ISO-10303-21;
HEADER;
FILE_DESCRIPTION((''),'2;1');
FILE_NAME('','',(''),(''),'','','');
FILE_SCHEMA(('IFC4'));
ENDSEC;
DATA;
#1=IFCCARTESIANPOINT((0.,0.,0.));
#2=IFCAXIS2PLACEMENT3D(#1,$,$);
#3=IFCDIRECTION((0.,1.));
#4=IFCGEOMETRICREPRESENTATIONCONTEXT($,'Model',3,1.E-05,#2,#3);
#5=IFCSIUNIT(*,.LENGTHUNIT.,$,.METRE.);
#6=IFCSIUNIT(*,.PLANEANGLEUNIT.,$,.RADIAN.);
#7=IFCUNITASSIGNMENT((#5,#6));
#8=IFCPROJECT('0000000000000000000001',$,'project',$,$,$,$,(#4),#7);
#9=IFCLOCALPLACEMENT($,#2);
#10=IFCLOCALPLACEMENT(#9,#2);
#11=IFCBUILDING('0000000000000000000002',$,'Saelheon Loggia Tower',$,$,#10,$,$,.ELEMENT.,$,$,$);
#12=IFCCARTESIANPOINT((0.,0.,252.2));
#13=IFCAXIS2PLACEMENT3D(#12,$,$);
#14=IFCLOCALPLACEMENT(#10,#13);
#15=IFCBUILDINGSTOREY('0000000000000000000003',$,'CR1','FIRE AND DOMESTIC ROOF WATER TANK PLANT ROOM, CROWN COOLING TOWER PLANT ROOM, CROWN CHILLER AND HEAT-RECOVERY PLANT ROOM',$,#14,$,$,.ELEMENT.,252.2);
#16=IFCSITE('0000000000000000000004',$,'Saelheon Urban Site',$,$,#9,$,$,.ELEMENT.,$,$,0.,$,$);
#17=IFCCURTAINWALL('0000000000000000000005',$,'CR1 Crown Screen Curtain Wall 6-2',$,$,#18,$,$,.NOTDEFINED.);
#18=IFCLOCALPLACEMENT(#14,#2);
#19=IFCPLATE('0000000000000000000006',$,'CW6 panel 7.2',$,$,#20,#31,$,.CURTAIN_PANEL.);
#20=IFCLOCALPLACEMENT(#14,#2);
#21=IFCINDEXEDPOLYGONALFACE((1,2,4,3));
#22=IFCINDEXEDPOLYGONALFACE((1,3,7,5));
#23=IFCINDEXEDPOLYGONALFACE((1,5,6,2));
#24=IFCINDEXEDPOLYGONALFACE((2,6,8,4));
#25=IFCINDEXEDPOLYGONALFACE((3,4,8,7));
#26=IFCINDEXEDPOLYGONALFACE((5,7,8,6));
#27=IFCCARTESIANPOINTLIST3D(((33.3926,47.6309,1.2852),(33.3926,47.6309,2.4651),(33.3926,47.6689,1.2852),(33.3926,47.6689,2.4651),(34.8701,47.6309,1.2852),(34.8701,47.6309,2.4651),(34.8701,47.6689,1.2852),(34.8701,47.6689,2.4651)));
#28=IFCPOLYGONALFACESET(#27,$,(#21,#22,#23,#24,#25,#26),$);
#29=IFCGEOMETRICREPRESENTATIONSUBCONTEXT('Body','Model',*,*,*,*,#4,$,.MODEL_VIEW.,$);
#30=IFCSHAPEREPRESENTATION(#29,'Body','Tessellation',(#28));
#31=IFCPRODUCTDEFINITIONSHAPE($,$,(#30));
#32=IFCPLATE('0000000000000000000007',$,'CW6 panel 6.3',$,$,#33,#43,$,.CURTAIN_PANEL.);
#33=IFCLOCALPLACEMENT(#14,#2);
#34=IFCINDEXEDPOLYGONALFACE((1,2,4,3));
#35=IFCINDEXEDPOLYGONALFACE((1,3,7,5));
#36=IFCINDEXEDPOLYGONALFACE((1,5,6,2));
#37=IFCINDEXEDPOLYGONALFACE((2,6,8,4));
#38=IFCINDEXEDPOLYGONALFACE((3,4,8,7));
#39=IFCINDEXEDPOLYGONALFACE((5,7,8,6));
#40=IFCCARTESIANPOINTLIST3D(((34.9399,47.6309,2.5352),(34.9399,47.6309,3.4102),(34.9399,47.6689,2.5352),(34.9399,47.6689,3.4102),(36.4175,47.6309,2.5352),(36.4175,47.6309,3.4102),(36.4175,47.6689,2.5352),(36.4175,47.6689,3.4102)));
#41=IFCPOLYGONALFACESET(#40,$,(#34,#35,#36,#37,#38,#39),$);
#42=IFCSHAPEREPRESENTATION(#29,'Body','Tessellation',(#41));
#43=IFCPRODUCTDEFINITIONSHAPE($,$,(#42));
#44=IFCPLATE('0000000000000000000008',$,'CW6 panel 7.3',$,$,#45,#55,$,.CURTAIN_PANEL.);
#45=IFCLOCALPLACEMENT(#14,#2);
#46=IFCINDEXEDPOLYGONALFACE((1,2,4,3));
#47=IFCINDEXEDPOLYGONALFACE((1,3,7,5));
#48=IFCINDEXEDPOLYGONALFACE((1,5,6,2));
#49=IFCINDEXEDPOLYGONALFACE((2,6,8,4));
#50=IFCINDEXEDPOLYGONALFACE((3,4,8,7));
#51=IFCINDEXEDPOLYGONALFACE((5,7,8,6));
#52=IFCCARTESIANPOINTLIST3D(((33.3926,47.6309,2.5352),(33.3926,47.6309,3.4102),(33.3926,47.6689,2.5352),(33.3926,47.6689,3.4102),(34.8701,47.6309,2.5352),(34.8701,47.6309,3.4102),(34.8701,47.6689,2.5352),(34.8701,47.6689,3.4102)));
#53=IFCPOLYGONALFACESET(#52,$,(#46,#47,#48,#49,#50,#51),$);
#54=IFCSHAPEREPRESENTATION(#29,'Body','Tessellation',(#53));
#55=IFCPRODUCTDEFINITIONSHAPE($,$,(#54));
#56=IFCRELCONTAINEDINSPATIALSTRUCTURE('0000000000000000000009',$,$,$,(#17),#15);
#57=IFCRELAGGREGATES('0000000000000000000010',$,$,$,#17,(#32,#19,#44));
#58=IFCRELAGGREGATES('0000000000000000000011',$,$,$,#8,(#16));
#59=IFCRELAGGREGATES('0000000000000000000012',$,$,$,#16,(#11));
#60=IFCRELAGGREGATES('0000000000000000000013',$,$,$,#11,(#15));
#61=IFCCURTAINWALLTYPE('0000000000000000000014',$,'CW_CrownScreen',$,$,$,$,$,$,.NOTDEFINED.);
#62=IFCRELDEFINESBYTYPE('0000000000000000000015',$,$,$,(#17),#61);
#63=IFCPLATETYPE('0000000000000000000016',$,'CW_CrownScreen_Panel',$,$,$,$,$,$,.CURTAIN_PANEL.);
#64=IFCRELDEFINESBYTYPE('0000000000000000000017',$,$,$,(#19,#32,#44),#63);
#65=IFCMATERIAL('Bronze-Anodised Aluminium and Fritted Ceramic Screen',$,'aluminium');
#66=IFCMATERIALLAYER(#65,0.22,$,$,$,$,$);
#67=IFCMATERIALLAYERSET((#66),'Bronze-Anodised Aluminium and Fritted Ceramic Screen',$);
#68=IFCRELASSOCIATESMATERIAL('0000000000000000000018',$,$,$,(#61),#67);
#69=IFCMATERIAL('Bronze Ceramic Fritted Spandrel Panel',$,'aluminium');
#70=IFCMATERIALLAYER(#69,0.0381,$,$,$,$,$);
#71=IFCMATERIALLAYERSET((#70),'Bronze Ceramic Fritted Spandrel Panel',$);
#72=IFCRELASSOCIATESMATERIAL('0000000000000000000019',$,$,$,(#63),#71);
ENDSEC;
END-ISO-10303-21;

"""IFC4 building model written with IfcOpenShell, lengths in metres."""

from ifc_helpers import new_model, si_unit, direction, frame, origin, origin_2d, place, context, subcontext, project, spatial, rectangle, extrude, source, transform, mapped, material, layer, layer_set, type_object, element, aggregate, save


model = new_model("IFC4")

# Units and contexts
model_context = context("Model", 3, precision=1e-05, world=origin(), true_north=direction((0.0, 1.0)))
body_context = subcontext(model_context, "Body", "Model", "MODEL_VIEW")
ifc_project = project(units=[si_unit("LENGTHUNIT", "METRE"), si_unit("PLANEANGLEUNIT", "RADIAN")], contexts=[model_context])

# Site, building, storey
site_placement = place(None, origin())
site = spatial("IfcSite", under=ifc_project, at=site_placement, Name="Saelheon Urban Site", CompositionType="ELEMENT", RefElevation=0.0)
building_placement = place(site_placement, origin())
building = spatial("IfcBuilding", under=site, at=building_placement, Name="Saelheon Loggia Tower", CompositionType="ELEMENT")
storey_placement = place(building_placement, frame((0.0, 0.0, 252.2)))
storey = spatial("IfcBuildingStorey", under=building, at=storey_placement, Name="CR1", Description="FIRE AND DOMESTIC ROOF WATER TANK PLANT ROOM, CROWN COOLING TOWER PLANT ROOM, CROWN CHILLER AND HEAT-RECOVERY PLANT ROOM", CompositionType="ELEMENT", Elevation=252.2)

# Curtain wall, plates
ifc_material_1 = material(Name="Bronze-Anodised Aluminium and Fritted Ceramic Screen", Category="aluminium")
ifc_layer_1 = layer(ifc_material_1, 0.22)
ifc_layer_set_1 = layer_set([ifc_layer_1], Name="Bronze-Anodised Aluminium and Fritted Ceramic Screen")
curtain_wall_type = type_object("IfcCurtainWallType", Name="CW_CrownScreen", PredefinedType="NOTDEFINED", material=ifc_layer_set_1)
curtain_wall_placement = place(storey_placement, origin())
curtain_wall = element("IfcCurtainWall", 1, at=curtain_wall_placement, inside=storey, type_object=curtain_wall_type, Name="CR1 Crown Screen Curtain Wall 6-2", PredefinedType="NOTDEFINED")
ifc_material_2 = material(Name="Bronze Ceramic Fritted Spandrel Panel", Category="aluminium")
ifc_layer_2 = layer(ifc_material_2, 0.0381)
ifc_layer_set_2 = layer_set([ifc_layer_2], Name="Bronze Ceramic Fritted Spandrel Panel")
plate_type = type_object("IfcPlateType", Name="CW_CrownScreen_Panel", PredefinedType="CURTAIN_PANEL", material=ifc_layer_set_2)
shared_shape_1 = source(origin(), body_context, "Body", "SweptSolid", [
    extrude(rectangle(XDim=1.4775, YDim=0.0381, at=origin_2d()), origin(), (0.0, 0.0, 1.0), 1.1799),
])
plate_1_placement = place(storey_placement, frame((34.1313, 47.6499, 1.2852), z_axis=(0.0, 0.0, 1.0), x_axis=(-1.0, 0.0, 0.0)))
plate_1 = element("IfcPlate", 2, at=plate_1_placement, type_object=plate_type, Name="CW6 panel 7.2", PredefinedType="CURTAIN_PANEL", context=body_context, shape_type="MappedRepresentation", body=[
    mapped(shared_shape_1, transform((0.0, 0.0, 0.0), scale=1.0)),
])
shared_shape_2 = source(origin(), body_context, "Body", "SweptSolid", [
    extrude(rectangle(XDim=1.4775, YDim=0.0381, at=origin_2d()), origin(), (0.0, 0.0, 1.0), 0.875),
])
plate_2_placement = place(storey_placement, frame((35.6787, 47.6499, 2.5352), z_axis=(0.0, 0.0, 1.0), x_axis=(-1.0, 0.0, 0.0)))
plate_2 = element("IfcPlate", 3, at=plate_2_placement, type_object=plate_type, Name="CW6 panel 6.3", PredefinedType="CURTAIN_PANEL", context=body_context, shape_type="MappedRepresentation", body=[
    mapped(shared_shape_2, transform((0.0, 0.0, 0.0), scale=1.0)),
])
plate_3_placement = place(storey_placement, frame((34.1313, 47.6499, 2.5352), z_axis=(0.0, 0.0, 1.0), x_axis=(-1.0, 0.0, 0.0)))
plate_3 = element("IfcPlate", 4, at=plate_3_placement, type_object=plate_type, Name="CW6 panel 7.3", PredefinedType="CURTAIN_PANEL", context=body_context, shape_type="MappedRepresentation", body=[
    mapped(shared_shape_2, transform((0.0, 0.0, 0.0), scale=1.0)),
])
aggregate(curtain_wall, [plate_2, plate_1, plate_3])

save(model, "model.ifc")
